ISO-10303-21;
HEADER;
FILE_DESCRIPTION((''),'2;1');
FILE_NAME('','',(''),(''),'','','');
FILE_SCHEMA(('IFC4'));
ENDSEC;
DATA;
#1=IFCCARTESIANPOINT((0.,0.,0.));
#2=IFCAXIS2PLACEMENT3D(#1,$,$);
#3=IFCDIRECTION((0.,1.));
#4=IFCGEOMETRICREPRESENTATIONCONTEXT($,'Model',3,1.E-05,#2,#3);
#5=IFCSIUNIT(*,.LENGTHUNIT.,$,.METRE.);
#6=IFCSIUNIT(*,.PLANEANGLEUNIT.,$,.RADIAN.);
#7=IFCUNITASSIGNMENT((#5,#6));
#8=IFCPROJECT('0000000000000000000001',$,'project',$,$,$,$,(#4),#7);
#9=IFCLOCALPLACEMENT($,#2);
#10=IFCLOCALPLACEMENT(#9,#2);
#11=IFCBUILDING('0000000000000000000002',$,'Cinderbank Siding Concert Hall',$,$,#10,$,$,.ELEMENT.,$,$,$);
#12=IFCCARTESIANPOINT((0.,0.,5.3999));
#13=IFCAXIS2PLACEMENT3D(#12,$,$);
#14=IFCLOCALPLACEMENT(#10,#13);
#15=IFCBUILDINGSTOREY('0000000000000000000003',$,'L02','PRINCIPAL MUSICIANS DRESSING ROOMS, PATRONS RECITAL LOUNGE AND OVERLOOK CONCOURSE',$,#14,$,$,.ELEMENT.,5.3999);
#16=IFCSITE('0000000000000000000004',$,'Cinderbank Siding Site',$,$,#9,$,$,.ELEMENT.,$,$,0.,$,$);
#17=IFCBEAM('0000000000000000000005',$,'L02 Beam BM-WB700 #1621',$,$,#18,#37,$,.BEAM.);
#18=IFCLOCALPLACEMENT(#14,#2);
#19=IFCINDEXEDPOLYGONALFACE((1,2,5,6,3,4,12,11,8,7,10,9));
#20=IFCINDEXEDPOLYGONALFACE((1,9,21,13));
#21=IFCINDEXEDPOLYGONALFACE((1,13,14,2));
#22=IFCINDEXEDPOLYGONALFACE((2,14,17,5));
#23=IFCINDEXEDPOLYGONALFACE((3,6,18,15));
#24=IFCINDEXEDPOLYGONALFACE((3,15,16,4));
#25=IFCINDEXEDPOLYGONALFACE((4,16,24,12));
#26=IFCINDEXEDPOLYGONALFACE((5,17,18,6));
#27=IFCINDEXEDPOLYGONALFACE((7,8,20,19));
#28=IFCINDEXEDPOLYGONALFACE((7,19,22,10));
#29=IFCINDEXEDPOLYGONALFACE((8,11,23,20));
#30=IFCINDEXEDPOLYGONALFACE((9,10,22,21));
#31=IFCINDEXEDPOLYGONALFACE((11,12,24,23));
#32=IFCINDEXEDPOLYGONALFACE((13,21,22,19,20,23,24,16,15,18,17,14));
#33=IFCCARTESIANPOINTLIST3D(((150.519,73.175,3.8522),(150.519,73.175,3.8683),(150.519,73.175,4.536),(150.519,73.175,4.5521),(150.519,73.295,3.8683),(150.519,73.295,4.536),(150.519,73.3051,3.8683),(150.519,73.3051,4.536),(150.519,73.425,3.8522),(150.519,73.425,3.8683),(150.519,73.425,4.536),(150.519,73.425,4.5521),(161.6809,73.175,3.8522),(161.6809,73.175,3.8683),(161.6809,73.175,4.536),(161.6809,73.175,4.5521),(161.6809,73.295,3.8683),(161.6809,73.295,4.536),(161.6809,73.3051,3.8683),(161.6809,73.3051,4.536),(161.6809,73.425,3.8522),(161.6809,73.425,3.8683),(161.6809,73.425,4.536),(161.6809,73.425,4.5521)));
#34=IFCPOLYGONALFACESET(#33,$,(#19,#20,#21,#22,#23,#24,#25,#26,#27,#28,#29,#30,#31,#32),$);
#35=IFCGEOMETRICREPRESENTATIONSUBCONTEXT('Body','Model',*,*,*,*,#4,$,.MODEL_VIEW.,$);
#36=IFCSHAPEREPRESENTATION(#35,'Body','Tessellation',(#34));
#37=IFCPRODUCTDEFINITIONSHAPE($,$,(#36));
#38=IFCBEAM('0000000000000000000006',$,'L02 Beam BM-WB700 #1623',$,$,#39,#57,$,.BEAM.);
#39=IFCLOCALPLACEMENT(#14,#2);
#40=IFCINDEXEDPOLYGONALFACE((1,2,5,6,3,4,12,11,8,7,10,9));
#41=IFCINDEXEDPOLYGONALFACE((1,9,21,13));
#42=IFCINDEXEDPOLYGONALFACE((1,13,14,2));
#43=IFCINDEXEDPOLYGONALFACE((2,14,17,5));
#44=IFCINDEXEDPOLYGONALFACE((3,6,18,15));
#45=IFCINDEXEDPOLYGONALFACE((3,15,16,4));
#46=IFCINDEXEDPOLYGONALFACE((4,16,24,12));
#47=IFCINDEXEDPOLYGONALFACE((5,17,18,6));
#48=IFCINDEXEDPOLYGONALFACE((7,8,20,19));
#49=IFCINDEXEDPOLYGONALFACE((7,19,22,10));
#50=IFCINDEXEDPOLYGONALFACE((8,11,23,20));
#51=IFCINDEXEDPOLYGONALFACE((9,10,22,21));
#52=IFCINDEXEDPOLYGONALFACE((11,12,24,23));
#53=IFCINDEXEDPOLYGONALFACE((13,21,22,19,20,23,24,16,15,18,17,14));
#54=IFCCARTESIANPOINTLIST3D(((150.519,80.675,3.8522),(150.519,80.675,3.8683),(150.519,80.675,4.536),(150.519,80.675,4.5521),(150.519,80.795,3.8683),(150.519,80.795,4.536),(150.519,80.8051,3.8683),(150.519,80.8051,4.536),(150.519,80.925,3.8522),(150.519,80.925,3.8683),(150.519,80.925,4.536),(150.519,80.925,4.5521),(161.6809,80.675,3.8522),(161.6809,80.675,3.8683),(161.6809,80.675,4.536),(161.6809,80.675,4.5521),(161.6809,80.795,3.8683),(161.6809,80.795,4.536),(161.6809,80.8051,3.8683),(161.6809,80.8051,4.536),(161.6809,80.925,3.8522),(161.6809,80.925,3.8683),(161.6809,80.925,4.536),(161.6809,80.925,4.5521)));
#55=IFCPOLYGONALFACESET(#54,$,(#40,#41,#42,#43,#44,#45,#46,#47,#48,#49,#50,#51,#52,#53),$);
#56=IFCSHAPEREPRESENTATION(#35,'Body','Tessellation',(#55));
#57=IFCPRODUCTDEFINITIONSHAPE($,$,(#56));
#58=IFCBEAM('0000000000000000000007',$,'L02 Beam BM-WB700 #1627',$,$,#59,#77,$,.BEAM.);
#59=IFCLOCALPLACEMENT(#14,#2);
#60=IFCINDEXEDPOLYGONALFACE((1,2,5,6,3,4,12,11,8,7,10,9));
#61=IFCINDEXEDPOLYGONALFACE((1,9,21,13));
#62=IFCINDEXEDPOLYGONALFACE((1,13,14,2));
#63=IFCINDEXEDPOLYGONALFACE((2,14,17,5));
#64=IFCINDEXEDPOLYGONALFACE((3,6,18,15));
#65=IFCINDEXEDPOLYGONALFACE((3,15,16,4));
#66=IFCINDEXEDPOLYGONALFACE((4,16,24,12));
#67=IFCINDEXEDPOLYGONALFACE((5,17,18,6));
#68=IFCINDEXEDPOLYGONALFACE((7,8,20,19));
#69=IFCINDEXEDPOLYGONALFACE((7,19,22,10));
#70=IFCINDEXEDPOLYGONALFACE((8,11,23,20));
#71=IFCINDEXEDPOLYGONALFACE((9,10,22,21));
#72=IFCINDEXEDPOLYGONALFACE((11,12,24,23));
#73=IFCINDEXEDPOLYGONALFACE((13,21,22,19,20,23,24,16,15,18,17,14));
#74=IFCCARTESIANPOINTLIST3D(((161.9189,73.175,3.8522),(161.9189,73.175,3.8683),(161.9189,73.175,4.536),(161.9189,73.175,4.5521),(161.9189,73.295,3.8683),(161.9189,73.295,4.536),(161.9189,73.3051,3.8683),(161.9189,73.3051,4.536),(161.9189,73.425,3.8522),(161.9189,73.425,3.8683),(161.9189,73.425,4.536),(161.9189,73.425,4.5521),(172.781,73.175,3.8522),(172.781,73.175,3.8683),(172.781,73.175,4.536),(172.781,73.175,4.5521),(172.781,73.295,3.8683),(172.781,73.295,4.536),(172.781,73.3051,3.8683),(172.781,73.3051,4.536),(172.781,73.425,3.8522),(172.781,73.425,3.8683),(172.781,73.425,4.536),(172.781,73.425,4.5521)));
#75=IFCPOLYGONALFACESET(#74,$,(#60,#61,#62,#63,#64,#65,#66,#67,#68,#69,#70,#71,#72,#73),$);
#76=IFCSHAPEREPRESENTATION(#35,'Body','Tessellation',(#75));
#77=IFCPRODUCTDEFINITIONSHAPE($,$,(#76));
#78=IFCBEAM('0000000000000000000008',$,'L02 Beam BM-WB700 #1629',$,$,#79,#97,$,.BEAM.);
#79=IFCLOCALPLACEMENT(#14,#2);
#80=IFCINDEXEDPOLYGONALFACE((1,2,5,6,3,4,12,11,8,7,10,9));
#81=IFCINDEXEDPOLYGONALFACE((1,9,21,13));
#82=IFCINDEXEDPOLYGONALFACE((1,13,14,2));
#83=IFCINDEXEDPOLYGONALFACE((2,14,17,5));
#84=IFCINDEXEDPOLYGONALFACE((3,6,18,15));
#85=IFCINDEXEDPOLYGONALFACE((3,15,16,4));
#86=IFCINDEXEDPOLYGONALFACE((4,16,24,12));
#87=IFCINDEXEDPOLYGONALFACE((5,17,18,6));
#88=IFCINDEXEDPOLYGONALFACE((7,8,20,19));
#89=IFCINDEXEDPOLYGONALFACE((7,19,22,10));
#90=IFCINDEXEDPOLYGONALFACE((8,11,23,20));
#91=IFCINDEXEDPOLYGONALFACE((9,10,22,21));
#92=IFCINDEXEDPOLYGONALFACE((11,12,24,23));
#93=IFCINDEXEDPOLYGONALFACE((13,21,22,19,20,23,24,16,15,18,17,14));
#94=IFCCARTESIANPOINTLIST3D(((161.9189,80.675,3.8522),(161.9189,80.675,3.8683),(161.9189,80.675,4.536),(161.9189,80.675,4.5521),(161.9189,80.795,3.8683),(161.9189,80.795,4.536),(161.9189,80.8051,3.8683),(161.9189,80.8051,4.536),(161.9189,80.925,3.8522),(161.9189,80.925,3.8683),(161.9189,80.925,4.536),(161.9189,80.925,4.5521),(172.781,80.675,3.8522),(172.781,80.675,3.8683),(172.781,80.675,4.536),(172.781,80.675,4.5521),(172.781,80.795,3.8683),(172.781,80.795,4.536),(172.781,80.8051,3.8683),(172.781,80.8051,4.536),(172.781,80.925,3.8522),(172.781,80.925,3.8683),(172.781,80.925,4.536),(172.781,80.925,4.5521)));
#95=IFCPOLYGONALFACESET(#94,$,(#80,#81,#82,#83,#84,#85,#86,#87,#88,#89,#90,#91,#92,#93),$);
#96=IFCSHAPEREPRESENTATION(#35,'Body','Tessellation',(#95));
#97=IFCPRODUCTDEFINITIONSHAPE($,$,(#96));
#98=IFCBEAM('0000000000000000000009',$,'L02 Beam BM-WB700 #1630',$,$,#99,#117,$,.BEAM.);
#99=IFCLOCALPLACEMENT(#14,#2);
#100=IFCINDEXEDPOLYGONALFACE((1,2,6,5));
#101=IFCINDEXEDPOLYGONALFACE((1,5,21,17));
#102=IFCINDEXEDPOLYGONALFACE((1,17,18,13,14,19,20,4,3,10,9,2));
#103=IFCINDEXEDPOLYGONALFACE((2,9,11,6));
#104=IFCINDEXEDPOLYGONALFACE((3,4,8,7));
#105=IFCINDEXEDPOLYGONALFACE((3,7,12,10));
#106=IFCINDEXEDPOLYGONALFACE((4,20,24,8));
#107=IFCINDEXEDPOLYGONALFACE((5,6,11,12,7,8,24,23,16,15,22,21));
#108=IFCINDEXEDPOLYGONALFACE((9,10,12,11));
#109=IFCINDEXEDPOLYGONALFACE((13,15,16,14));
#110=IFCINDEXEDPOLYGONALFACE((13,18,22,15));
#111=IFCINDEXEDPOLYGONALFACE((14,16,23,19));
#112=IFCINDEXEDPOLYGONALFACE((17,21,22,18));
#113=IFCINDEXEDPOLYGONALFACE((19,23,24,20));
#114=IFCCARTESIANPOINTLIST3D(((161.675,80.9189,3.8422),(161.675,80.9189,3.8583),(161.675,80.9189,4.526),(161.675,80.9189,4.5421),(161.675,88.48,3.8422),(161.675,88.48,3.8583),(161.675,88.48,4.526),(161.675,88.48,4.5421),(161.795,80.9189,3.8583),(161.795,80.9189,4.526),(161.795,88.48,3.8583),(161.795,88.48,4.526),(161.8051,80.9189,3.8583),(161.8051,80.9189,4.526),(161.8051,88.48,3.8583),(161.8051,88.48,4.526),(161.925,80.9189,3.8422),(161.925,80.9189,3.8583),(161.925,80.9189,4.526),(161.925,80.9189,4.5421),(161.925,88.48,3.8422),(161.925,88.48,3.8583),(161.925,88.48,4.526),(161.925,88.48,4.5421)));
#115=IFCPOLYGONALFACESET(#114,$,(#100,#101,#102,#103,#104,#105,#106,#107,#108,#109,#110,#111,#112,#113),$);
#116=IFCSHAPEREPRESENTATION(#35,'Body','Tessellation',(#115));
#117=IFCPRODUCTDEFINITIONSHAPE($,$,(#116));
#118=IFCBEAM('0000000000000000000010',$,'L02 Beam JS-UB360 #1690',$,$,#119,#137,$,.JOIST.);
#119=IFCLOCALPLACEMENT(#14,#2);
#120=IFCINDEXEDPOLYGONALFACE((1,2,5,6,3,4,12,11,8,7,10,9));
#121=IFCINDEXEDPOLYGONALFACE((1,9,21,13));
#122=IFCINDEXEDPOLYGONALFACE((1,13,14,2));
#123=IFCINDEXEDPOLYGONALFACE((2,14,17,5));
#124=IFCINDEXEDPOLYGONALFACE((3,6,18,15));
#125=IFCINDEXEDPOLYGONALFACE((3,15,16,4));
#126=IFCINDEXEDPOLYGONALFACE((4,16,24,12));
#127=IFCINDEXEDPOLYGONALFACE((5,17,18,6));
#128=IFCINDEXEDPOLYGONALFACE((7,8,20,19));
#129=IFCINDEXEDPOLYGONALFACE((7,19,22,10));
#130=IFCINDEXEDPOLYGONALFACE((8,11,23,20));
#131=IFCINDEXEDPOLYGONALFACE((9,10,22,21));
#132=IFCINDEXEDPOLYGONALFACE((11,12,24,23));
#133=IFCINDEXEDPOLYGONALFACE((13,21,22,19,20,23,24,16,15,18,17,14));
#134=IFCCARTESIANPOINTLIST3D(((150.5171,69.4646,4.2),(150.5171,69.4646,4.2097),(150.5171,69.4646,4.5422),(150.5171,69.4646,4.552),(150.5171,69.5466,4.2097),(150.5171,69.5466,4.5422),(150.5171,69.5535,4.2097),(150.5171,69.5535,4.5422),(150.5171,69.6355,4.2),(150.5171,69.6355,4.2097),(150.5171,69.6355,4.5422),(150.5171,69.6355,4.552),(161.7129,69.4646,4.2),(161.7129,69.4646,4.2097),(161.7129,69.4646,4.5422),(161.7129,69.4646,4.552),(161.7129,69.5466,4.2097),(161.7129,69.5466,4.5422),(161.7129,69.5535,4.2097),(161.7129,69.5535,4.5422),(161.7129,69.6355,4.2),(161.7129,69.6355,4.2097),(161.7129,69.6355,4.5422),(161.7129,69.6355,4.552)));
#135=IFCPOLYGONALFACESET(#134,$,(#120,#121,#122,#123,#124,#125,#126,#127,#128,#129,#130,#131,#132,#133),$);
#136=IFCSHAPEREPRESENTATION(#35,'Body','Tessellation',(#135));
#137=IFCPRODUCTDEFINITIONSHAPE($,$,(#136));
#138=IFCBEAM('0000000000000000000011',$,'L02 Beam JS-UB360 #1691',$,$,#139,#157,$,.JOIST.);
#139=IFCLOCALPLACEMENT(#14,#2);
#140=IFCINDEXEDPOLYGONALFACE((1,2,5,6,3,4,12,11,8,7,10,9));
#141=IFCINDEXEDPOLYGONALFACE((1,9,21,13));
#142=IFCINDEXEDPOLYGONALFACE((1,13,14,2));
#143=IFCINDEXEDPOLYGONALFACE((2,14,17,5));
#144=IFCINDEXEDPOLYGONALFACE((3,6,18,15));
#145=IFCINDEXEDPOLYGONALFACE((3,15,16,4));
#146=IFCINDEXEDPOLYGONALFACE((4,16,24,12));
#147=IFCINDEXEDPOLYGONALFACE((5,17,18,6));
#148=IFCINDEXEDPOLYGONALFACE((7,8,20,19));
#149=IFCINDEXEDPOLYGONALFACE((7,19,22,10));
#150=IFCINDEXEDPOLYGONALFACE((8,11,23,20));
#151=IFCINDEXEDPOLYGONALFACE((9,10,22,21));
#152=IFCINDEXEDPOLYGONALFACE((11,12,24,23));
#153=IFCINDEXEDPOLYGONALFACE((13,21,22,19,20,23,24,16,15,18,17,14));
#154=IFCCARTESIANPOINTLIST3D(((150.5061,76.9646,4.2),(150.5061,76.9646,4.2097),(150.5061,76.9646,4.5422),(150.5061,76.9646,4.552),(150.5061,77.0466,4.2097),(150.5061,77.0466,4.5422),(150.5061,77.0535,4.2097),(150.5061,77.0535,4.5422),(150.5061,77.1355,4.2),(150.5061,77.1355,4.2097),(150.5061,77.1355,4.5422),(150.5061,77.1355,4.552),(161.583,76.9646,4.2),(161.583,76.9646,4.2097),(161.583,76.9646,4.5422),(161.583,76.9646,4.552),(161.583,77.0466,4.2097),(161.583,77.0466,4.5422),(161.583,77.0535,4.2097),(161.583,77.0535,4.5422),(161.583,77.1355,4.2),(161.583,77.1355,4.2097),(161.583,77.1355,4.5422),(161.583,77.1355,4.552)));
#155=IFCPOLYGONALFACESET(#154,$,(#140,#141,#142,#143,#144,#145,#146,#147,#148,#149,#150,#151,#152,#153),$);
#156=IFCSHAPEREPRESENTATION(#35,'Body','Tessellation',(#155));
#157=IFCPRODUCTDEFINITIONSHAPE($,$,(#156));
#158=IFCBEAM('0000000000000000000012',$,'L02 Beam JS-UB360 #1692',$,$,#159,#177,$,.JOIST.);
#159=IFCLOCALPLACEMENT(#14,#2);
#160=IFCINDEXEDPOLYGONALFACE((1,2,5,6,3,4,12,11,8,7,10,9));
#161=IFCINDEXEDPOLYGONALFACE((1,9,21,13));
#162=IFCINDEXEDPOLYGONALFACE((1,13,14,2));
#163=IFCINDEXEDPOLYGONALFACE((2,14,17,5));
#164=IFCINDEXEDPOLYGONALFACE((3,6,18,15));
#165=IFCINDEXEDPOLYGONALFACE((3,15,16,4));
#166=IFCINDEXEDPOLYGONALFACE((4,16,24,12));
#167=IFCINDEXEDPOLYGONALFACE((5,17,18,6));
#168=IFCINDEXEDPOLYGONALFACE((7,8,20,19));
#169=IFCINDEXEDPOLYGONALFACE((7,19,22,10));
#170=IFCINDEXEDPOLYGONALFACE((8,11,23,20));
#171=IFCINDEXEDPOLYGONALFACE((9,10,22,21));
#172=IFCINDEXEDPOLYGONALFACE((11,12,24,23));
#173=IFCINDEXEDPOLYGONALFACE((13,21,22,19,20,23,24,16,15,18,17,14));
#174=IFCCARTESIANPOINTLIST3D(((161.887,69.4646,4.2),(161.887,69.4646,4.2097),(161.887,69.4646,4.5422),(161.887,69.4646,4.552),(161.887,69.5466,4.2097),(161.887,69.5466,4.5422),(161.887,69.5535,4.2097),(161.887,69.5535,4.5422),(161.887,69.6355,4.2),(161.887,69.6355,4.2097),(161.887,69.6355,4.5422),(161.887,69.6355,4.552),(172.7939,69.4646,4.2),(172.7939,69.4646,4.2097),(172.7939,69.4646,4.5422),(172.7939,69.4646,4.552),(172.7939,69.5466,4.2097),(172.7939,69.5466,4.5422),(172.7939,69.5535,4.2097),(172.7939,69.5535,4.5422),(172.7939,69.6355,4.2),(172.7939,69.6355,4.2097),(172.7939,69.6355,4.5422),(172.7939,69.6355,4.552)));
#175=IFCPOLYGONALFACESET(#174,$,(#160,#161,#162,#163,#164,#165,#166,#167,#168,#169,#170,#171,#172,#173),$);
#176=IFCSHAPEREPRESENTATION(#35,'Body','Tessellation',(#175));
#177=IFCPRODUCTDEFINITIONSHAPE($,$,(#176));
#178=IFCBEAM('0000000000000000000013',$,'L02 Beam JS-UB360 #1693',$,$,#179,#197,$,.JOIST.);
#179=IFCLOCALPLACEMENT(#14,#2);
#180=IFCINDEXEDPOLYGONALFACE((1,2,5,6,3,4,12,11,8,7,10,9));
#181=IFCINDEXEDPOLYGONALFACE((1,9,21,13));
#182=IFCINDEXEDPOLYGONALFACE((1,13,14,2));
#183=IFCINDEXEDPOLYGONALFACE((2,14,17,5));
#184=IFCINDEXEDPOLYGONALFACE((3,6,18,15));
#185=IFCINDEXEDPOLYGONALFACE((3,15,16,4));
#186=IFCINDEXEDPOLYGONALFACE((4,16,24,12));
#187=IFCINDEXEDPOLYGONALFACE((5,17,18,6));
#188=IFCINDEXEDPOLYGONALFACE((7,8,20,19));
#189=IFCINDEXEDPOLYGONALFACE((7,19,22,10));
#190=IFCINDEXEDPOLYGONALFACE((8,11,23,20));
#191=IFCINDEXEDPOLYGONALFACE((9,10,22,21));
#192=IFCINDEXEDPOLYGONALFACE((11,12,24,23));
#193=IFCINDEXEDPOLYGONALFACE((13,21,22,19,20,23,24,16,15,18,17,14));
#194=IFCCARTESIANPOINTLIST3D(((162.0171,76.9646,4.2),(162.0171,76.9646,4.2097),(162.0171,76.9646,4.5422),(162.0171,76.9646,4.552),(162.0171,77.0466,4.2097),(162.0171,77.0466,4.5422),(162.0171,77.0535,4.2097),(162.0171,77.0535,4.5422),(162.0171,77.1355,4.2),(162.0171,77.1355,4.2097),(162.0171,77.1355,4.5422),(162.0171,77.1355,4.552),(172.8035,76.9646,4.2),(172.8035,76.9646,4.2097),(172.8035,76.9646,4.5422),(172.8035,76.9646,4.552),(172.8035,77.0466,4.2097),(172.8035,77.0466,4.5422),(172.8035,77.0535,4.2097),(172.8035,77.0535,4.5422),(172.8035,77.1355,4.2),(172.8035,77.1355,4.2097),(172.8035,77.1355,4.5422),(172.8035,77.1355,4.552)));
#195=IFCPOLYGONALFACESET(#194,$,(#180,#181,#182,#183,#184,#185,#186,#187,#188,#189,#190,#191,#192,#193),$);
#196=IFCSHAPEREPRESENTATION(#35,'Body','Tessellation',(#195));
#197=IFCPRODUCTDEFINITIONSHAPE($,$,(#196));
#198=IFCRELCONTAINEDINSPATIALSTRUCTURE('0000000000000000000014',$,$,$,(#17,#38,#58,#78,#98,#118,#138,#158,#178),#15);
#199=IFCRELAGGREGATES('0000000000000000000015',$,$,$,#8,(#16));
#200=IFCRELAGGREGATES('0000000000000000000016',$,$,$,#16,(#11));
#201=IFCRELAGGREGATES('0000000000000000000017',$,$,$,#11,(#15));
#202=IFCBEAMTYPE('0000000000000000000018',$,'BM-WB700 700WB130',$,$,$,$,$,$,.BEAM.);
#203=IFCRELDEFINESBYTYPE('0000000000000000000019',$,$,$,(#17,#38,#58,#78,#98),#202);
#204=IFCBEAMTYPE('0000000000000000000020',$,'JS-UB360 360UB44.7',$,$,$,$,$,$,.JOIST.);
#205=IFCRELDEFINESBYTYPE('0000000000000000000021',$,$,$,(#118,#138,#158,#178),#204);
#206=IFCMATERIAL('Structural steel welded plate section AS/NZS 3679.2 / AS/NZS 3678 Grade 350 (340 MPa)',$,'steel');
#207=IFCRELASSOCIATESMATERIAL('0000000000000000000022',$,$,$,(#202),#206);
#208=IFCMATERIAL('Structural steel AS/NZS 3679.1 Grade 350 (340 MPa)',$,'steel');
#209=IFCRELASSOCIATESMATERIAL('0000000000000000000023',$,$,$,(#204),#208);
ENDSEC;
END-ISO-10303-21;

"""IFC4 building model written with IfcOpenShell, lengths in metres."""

from ifc_helpers import new_model, si_unit, direction, frame, origin, origin_2d, place, context, subcontext, project, spatial, i_section, extrude, material, material_profile, profile_set, type_object, element, save


model = new_model("IFC4")

# Units and contexts
model_context = context("Model", 3, precision=1e-05, world=origin(), true_north=direction((0.0, 1.0)))
body_context = subcontext(model_context, "Body", "Model", "MODEL_VIEW")
ifc_project = project(units=[si_unit("LENGTHUNIT", "METRE"), si_unit("PLANEANGLEUNIT", "RADIAN")], contexts=[model_context])

# Site, building, storey
site_placement = place(None, origin())
site = spatial("IfcSite", under=ifc_project, at=site_placement, Name="Cinderbank Siding Site", CompositionType="ELEMENT", RefElevation=0.0)
building_placement = place(site_placement, origin())
building = spatial("IfcBuilding", under=site, at=building_placement, Name="Cinderbank Siding Concert Hall", CompositionType="ELEMENT")
storey_placement = place(building_placement, frame((0.0, 0.0, 5.3999)))
storey = spatial("IfcBuildingStorey", under=building, at=storey_placement, Name="L02", Description="PRINCIPAL MUSICIANS DRESSING ROOMS, PATRONS RECITAL LOUNGE AND OVERLOOK CONCOURSE", CompositionType="ELEMENT", Elevation=5.3999)

# Shared definitions
ifc_material_1 = material(Name="Structural steel AS/NZS 3679.1 Grade 350 (340 MPa)", Category="steel")

# Beams
ifc_material_2 = material(Name="Structural steel welded plate section AS/NZS 3679.2 / AS/NZS 3678 Grade 350 (340 MPa)", Category="steel")
ifc_material_profile_1 = material_profile(ifc_material_2, i_section(OverallWidth=0.25, OverallDepth=0.7, WebThickness=0.01, FlangeThickness=0.0161, at=origin_2d()), Name="700WB130", Category="LoadBearing")
ifc_profile_set_1 = profile_set([ifc_material_profile_1], Name="Structural steel welded plate section AS/NZS 3679.2 / AS/NZS 3678 Grade 350 (340 MPa)")
beam_type_1 = type_object("IfcBeamType", Name="BM-WB700 700WB130", PredefinedType="BEAM", material=ifc_profile_set_1)
for number, where, z_axis, x_axis, name in (
    (1, (150.519, 73.3, 4.2021), (1.0, 0.0, 0.0), (0.0, 1.0, 0.0), "L02 Beam BM-WB700 #1621"),
    (2, (150.519, 80.8, 4.2021), (1.0, 0.0, 0.0), (0.0, 1.0, 0.0), "L02 Beam BM-WB700 #1623"),
):
    element("IfcBeam", number, at=place(storey_placement, frame(where, z_axis=z_axis, x_axis=x_axis)), inside=storey, type_object=beam_type_1, Name=name, PredefinedType="BEAM", context=body_context, shape_type="SweptSolid", body=[
        extrude(i_section(OverallWidth=0.25, OverallDepth=0.7, WebThickness=0.01, FlangeThickness=0.0161, at=origin_2d()), origin(), (0.0, 0.0, 1.0), 11.1619),
    ])
for number, where, z_axis, x_axis, name in (
    (3, (161.9189, 73.3, 4.2021), (1.0, 0.0, 0.0), (0.0, 1.0, 0.0), "L02 Beam BM-WB700 #1627"),
    (4, (161.9189, 80.8, 4.2021), (1.0, 0.0, 0.0), (0.0, 1.0, 0.0), "L02 Beam BM-WB700 #1629"),
):
    element("IfcBeam", number, at=place(storey_placement, frame(where, z_axis=z_axis, x_axis=x_axis)), inside=storey, type_object=beam_type_1, Name=name, PredefinedType="BEAM", context=body_context, shape_type="SweptSolid", body=[
        extrude(i_section(OverallWidth=0.25, OverallDepth=0.7, WebThickness=0.01, FlangeThickness=0.0161, at=origin_2d()), origin(), (0.0, 0.0, 1.0), 10.8621),
    ])
beam_1_placement = place(storey_placement, frame((161.8, 80.9189, 4.1921), z_axis=(0.0, 1.0, 0.0), x_axis=(-1.0, 0.0, 0.0)))
element("IfcBeam", 5, at=beam_1_placement, inside=storey, type_object=beam_type_1, Name="L02 Beam BM-WB700 #1630", PredefinedType="BEAM", context=body_context, shape_type="SweptSolid", body=[
    extrude(i_section(OverallWidth=0.25, OverallDepth=0.7, WebThickness=0.01, FlangeThickness=0.0161, at=origin_2d()), origin(), (0.0, 0.0, 1.0), 7.561),
])
ifc_material_profile_2 = material_profile(ifc_material_1, i_section(OverallWidth=0.1709, OverallDepth=0.3521, WebThickness=0.0068, FlangeThickness=0.0098, at=origin_2d()), Name="360UB44.7", Category="LoadBearing")
ifc_profile_set_2 = profile_set([ifc_material_profile_2], Name="Structural steel AS/NZS 3679.1 Grade 350 (340 MPa)")
beam_type_2 = type_object("IfcBeamType", Name="JS-UB360 360UB44.7", PredefinedType="JOIST", material=ifc_profile_set_2)
beam_2_placement = place(storey_placement, frame((150.5171, 69.55, 4.376), z_axis=(1.0, 0.0, 0.0), x_axis=(0.0, 1.0, 0.0)))
element("IfcBeam", 6, at=beam_2_placement, inside=storey, type_object=beam_type_2, Name="L02 Beam JS-UB360 #1690", PredefinedType="JOIST", context=body_context, shape_type="SweptSolid", body=[
    extrude(i_section(OverallWidth=0.1709, OverallDepth=0.3521, WebThickness=0.0068, FlangeThickness=0.0098, at=origin_2d()), origin(), (0.0, 0.0, 1.0), 11.1958),
])
beam_3_placement = place(storey_placement, frame((150.5061, 77.05, 4.376), z_axis=(1.0, 0.0, 0.0), x_axis=(0.0, 1.0, 0.0)))
element("IfcBeam", 7, at=beam_3_placement, inside=storey, type_object=beam_type_2, Name="L02 Beam JS-UB360 #1691", PredefinedType="JOIST", context=body_context, shape_type="SweptSolid", body=[
    extrude(i_section(OverallWidth=0.1709, OverallDepth=0.3521, WebThickness=0.0068, FlangeThickness=0.0098, at=origin_2d()), origin(), (0.0, 0.0, 1.0), 11.0769),
])
beam_4_placement = place(storey_placement, frame((161.887, 69.55, 4.376), z_axis=(1.0, 0.0, 0.0), x_axis=(0.0, 1.0, 0.0)))
element("IfcBeam", 8, at=beam_4_placement, inside=storey, type_object=beam_type_2, Name="L02 Beam JS-UB360 #1692", PredefinedType="JOIST", context=body_context, shape_type="SweptSolid", body=[
    extrude(i_section(OverallWidth=0.1709, OverallDepth=0.3521, WebThickness=0.0068, FlangeThickness=0.0098, at=origin_2d()), origin(), (0.0, 0.0, 1.0), 10.907),
])
beam_5_placement = place(storey_placement, frame((162.0171, 77.05, 4.376), z_axis=(1.0, 0.0, 0.0), x_axis=(0.0, 1.0, 0.0)))
element("IfcBeam", 9, at=beam_5_placement, inside=storey, type_object=beam_type_2, Name="L02 Beam JS-UB360 #1693", PredefinedType="JOIST", context=body_context, shape_type="SweptSolid", body=[
    extrude(i_section(OverallWidth=0.1709, OverallDepth=0.3521, WebThickness=0.0068, FlangeThickness=0.0098, at=origin_2d()), origin(), (0.0, 0.0, 1.0), 10.7864),
])

save(model, "model.ifc")
